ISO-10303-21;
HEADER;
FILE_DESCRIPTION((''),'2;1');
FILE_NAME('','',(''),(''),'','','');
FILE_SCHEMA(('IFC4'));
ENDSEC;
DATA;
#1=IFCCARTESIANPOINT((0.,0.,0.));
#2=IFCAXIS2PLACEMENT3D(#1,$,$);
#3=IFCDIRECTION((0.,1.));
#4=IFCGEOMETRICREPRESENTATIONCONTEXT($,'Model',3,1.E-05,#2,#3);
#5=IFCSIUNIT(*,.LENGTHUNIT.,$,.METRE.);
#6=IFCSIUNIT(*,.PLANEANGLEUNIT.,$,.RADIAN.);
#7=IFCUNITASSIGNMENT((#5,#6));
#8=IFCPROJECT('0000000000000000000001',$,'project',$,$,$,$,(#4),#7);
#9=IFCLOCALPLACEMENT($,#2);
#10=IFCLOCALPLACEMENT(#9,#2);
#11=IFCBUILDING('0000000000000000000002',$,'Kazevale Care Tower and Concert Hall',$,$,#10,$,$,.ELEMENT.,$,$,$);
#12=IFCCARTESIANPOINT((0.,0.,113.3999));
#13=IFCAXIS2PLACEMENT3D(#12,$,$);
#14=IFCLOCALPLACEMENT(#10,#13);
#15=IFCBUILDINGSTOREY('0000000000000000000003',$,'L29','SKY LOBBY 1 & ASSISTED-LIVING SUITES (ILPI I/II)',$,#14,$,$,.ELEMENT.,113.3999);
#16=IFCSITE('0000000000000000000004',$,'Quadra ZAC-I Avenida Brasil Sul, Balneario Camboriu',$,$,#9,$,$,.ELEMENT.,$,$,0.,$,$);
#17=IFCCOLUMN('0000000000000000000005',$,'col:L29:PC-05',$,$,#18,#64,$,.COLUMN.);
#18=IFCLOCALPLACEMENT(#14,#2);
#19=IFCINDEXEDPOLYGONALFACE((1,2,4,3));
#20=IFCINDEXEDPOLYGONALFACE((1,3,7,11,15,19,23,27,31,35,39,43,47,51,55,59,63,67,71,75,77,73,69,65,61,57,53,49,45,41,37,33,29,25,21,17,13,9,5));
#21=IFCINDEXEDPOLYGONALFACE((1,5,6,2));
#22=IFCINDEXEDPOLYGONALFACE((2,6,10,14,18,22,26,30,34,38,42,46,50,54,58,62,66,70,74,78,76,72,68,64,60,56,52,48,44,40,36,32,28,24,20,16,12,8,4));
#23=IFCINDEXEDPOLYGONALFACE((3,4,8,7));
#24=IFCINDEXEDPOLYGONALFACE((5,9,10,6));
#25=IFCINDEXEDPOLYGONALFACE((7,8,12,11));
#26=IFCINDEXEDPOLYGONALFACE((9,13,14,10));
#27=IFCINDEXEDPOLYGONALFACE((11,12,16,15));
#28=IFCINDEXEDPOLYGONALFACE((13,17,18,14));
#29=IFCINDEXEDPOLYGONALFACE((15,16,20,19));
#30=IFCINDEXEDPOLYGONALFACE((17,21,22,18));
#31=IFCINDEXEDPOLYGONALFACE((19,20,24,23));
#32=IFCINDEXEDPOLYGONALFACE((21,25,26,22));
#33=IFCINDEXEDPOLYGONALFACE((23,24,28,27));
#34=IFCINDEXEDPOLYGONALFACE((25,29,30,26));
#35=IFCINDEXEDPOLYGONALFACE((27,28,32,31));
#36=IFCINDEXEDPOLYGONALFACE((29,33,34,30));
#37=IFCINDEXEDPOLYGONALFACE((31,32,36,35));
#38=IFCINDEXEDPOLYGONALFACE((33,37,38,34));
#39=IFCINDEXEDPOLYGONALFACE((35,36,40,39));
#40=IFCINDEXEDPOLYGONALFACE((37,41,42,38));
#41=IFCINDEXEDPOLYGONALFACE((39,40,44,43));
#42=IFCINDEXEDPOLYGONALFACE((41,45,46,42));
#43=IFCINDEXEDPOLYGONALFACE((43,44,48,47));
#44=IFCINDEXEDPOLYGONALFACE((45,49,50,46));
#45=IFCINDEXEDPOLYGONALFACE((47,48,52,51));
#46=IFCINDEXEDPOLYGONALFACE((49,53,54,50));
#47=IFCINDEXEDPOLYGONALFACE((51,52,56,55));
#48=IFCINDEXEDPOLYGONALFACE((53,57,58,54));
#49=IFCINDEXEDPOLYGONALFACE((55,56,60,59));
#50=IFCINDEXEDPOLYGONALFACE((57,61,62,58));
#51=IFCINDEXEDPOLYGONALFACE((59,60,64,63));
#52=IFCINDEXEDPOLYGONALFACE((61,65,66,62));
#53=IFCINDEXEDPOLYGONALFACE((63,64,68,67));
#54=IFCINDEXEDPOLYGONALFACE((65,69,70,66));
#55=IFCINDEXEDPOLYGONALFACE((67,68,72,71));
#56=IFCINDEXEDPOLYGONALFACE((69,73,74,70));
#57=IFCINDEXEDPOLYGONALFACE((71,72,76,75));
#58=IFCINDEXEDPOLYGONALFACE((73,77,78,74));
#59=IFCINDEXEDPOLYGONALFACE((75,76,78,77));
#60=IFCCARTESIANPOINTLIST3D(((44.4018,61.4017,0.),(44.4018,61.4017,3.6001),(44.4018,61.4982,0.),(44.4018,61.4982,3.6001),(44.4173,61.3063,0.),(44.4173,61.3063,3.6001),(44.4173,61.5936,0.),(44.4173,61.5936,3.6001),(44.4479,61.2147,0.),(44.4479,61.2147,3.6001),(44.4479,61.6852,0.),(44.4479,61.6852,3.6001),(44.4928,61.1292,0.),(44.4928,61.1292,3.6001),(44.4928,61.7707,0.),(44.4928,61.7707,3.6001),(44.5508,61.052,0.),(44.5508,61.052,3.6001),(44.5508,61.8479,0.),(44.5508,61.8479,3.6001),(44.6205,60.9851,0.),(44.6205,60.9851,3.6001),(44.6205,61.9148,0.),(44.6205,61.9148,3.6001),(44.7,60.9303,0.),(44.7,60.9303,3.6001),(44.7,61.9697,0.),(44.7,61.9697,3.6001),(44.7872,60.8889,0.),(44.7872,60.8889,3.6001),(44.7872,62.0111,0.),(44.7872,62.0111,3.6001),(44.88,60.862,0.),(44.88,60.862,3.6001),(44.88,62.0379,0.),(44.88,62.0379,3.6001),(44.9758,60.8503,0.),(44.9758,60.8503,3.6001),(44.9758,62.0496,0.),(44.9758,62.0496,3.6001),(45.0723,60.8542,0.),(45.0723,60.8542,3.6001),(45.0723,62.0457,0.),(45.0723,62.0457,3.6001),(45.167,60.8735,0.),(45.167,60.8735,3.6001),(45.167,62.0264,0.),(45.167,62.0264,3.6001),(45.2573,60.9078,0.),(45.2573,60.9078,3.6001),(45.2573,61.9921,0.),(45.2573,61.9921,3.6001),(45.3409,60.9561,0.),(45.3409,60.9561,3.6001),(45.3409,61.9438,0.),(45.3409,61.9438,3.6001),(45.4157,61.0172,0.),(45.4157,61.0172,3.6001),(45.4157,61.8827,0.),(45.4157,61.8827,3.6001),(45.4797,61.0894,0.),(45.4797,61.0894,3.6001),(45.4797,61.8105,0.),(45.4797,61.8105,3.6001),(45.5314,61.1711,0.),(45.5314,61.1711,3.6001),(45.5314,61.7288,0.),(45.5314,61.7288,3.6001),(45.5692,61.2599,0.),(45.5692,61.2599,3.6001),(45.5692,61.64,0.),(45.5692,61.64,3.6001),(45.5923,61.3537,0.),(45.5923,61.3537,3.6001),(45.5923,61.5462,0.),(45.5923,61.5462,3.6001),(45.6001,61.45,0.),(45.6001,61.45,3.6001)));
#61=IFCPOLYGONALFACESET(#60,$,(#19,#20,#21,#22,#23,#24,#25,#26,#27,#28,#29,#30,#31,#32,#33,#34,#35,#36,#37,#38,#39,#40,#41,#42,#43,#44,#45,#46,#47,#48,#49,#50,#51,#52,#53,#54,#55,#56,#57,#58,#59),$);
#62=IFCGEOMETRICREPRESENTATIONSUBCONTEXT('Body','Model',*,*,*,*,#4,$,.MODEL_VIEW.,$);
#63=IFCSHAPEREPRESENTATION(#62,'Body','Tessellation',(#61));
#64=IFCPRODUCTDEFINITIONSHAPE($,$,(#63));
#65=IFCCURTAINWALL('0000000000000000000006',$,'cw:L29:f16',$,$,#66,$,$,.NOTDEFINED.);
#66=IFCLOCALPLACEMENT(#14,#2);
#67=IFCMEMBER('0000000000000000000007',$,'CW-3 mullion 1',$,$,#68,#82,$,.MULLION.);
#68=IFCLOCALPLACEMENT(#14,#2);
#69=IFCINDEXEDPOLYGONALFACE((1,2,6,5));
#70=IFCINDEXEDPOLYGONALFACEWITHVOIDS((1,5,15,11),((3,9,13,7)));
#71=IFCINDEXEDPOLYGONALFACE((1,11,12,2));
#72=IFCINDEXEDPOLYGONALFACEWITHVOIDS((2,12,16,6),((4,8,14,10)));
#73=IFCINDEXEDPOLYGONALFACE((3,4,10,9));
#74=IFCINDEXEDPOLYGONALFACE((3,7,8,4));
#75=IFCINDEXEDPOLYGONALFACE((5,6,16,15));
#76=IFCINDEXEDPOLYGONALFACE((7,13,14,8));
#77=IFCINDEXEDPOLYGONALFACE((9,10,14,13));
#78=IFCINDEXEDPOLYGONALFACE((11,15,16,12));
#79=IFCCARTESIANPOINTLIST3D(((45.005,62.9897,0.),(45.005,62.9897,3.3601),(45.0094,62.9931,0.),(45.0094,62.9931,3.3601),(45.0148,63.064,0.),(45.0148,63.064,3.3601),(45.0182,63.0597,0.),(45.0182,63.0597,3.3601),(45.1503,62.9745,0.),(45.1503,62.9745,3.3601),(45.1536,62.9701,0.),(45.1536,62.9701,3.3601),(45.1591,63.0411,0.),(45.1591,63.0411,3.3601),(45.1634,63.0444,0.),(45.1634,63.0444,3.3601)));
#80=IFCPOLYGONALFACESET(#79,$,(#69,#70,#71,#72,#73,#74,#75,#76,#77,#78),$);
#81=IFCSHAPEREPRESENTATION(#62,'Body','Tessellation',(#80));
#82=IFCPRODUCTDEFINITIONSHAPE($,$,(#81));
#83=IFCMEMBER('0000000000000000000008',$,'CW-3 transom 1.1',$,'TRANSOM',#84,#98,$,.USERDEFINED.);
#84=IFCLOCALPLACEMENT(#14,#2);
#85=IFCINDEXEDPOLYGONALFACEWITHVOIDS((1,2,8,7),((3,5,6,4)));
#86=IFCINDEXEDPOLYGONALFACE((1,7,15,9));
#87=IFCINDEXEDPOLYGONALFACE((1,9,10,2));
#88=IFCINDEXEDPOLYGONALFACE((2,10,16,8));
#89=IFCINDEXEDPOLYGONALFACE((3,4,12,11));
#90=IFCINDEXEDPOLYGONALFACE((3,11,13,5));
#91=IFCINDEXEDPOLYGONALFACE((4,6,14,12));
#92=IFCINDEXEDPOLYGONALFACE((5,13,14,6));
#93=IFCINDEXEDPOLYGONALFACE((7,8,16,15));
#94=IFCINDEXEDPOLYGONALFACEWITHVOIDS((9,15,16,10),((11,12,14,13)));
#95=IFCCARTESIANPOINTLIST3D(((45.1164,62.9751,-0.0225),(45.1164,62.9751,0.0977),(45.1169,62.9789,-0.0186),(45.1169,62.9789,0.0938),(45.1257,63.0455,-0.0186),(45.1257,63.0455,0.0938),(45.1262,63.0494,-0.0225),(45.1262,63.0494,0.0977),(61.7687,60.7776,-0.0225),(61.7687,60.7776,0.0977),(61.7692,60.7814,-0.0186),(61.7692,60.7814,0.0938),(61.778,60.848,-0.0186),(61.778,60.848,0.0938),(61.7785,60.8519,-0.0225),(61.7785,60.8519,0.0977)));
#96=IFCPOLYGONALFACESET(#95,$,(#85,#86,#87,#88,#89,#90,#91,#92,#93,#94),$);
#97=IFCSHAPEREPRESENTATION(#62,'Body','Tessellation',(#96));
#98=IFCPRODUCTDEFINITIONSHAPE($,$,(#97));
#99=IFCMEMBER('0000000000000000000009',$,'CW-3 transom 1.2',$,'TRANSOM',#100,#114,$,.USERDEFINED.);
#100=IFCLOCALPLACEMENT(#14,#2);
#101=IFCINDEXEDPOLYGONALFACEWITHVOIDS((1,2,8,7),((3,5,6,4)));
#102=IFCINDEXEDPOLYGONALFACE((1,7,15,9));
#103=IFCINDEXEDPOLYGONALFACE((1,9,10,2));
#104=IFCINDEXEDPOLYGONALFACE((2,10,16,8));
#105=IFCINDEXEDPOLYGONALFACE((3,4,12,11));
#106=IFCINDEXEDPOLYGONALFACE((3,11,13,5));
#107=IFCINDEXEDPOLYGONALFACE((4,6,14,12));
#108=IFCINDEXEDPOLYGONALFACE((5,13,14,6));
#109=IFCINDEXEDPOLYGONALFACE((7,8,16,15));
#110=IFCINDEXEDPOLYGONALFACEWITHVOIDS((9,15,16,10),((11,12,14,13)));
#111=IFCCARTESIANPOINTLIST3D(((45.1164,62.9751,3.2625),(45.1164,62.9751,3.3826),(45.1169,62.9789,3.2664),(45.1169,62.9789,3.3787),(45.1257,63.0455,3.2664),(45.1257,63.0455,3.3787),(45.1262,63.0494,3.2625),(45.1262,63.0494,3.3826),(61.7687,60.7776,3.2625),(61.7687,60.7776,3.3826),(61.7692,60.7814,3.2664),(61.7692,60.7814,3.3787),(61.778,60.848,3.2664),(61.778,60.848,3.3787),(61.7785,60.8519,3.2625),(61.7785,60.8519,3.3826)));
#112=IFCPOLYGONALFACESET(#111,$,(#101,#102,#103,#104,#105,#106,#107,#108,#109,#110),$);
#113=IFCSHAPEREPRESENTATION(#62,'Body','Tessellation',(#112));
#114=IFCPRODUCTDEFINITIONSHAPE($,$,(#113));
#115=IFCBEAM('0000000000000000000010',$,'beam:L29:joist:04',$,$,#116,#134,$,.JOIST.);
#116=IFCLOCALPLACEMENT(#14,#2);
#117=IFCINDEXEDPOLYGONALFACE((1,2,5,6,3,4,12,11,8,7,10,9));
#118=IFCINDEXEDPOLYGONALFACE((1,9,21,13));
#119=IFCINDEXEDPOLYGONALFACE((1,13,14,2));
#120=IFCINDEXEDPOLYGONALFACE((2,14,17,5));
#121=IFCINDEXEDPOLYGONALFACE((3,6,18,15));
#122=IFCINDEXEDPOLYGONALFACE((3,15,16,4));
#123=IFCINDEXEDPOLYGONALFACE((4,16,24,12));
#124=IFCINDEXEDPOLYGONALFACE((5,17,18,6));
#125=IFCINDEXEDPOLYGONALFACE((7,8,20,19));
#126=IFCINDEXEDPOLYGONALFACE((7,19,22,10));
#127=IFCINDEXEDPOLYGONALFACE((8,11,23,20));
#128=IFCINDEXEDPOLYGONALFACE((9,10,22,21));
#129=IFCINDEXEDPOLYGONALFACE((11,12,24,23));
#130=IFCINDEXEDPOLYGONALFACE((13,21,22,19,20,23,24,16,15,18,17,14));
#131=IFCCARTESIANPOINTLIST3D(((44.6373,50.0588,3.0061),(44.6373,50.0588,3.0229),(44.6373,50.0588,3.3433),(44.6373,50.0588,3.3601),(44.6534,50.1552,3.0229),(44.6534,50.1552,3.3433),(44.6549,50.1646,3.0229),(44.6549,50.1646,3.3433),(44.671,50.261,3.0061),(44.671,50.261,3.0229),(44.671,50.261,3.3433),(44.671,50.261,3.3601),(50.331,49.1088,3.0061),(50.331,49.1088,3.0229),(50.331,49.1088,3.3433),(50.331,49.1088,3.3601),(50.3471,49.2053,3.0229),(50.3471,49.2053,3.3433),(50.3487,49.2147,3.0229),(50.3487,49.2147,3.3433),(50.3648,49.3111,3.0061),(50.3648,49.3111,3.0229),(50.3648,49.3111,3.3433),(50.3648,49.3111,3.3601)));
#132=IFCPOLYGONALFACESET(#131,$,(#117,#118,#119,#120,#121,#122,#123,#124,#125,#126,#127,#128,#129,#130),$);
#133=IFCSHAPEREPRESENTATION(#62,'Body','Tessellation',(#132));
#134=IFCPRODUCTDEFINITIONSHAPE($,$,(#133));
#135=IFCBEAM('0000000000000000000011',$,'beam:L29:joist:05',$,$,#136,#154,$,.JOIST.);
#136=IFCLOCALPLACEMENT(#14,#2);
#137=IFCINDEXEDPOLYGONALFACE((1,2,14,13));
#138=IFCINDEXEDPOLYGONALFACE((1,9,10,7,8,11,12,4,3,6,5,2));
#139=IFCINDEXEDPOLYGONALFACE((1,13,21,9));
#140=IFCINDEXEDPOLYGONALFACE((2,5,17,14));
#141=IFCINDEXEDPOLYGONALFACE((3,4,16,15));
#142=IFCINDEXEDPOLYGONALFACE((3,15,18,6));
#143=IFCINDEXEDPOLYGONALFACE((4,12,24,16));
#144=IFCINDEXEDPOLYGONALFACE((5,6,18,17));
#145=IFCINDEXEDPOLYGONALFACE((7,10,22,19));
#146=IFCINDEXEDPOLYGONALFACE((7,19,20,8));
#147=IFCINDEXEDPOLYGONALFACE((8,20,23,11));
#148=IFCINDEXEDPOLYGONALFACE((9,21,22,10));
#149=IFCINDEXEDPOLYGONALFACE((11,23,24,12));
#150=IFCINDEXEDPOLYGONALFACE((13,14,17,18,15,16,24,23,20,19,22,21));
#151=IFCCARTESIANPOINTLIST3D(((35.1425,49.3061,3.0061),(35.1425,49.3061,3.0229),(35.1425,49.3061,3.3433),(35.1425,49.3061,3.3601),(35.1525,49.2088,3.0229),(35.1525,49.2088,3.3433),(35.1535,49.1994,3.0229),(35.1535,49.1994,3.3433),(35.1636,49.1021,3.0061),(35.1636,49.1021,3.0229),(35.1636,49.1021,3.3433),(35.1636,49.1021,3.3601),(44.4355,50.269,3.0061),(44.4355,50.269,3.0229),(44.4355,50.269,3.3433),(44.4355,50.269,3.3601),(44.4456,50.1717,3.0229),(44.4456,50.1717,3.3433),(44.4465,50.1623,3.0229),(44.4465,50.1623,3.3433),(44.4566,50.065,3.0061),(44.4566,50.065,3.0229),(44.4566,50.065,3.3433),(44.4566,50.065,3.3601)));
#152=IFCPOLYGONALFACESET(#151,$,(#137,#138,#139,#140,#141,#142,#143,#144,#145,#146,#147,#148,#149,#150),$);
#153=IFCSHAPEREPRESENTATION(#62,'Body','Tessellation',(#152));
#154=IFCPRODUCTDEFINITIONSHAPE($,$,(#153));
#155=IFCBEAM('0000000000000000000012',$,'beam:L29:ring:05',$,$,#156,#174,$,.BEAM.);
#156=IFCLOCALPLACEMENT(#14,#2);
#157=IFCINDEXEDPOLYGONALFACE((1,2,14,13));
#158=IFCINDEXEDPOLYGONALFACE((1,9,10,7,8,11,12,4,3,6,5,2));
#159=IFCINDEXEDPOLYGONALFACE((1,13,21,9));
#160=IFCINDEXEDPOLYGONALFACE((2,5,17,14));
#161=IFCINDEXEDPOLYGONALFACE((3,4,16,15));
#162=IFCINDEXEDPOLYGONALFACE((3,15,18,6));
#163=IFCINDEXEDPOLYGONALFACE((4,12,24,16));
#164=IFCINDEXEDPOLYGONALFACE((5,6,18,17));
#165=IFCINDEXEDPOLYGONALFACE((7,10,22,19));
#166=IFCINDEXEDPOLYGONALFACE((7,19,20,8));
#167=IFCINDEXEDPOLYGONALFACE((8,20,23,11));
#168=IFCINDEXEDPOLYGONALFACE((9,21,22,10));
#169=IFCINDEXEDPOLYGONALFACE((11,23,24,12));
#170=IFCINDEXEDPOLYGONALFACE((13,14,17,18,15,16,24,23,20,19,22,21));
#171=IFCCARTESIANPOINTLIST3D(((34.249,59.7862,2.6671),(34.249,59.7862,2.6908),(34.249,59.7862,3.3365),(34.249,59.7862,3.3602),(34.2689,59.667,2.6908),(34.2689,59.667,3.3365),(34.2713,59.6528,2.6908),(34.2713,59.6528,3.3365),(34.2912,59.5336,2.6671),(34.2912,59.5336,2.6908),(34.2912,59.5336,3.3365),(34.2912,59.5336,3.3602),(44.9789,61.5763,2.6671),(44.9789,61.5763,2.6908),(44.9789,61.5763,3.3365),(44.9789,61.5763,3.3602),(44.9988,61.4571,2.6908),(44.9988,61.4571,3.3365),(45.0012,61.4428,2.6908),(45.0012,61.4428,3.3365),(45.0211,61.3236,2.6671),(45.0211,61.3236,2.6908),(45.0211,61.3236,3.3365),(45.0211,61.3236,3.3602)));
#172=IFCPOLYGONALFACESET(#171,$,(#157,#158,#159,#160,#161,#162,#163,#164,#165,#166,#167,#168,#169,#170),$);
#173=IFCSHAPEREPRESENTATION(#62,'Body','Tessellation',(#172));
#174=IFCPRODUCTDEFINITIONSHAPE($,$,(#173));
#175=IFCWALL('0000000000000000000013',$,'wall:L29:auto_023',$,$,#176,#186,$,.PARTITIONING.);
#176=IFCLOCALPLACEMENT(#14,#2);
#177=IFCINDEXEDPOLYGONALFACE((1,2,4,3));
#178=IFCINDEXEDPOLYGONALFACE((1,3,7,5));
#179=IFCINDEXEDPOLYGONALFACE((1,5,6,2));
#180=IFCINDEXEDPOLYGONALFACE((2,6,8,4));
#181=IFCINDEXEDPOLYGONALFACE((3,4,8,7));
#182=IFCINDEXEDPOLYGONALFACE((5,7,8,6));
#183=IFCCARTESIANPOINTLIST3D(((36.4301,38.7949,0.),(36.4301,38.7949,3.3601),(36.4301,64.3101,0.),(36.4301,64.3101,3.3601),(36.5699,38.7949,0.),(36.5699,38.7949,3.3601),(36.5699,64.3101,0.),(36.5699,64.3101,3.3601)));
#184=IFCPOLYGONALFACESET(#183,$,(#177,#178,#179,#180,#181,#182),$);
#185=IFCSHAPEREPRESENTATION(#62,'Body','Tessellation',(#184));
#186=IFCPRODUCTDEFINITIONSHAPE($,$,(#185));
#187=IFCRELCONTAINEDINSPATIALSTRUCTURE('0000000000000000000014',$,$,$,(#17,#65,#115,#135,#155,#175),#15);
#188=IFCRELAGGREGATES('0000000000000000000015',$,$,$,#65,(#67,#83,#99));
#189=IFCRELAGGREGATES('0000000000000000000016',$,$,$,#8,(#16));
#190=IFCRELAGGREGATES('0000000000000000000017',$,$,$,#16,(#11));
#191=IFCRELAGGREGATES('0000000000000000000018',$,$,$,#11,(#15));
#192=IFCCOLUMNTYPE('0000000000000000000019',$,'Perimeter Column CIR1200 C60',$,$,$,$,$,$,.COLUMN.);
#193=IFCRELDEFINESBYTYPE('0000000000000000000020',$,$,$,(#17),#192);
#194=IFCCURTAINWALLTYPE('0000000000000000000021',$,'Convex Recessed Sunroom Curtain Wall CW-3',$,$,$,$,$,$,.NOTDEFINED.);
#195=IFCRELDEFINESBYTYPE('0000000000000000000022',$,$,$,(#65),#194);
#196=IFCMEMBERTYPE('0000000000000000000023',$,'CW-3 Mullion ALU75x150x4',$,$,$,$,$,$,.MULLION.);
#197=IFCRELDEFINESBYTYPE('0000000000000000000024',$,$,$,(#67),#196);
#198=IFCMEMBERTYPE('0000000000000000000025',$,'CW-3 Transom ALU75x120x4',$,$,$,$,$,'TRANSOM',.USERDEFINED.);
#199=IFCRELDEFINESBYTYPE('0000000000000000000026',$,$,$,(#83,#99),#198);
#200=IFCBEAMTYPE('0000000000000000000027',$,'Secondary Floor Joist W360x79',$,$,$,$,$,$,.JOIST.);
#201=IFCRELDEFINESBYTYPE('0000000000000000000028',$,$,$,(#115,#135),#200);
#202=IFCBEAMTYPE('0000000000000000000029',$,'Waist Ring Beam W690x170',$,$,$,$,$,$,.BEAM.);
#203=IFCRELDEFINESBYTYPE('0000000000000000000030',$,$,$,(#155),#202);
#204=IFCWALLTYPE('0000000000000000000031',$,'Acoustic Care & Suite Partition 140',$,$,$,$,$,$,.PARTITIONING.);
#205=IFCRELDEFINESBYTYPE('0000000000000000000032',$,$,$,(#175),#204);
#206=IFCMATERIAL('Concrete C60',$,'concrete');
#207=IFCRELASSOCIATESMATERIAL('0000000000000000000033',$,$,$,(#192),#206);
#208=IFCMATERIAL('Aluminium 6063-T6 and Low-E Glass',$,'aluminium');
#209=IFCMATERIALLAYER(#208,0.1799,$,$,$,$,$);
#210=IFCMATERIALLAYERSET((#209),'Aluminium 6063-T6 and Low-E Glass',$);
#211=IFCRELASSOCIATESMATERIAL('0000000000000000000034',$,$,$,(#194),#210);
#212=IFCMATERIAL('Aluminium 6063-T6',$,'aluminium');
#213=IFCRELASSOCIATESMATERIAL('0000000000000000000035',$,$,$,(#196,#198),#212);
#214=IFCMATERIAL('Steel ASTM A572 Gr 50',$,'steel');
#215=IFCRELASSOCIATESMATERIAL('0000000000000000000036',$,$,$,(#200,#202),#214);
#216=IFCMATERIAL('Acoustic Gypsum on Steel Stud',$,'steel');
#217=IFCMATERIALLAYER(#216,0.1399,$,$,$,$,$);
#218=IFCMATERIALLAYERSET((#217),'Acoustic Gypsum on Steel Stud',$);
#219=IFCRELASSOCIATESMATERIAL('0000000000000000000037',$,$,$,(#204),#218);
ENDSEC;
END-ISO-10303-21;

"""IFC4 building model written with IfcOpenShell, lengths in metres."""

from ifc_helpers import new_model, si_unit, direction, frame, frame_2d, origin, origin_2d, place, context, subcontext, project, spatial, rectangle, hollow_rectangle, circle, i_section, extrude, material, layer, layer_set, material_profile, profile_set, type_object, element, aggregate, save


model = new_model("IFC4")

# Units and contexts
model_context = context("Model", 3, precision=1e-05, world=origin(), true_north=direction((0.0, 1.0)))
body_context = subcontext(model_context, "Body", "Model", "MODEL_VIEW")
ifc_project = project(units=[si_unit("LENGTHUNIT", "METRE"), si_unit("PLANEANGLEUNIT", "RADIAN")], contexts=[model_context])

# Site, building, storey
site_placement = place(None, origin())
site = spatial("IfcSite", under=ifc_project, at=site_placement, Name="Quadra ZAC-I Avenida Brasil Sul, Balneario Camboriu", CompositionType="ELEMENT", RefElevation=0.0)
building_placement = place(site_placement, origin())
building = spatial("IfcBuilding", under=site, at=building_placement, Name="Kazevale Care Tower and Concert Hall", CompositionType="ELEMENT")
storey_placement = place(building_placement, frame((0.0, 0.0, 113.3999)))
storey = spatial("IfcBuildingStorey", under=building, at=storey_placement, Name="L29", Description="SKY LOBBY 1 & ASSISTED-LIVING SUITES (ILPI I/II)", CompositionType="ELEMENT", Elevation=113.3999)

# Column
ifc_material_1 = material(Name="Concrete C60", Category="concrete")
ifc_material_profile_1 = material_profile(ifc_material_1, circle(Radius=0.6001, at=origin_2d()), Name="RC-CIR1200")
ifc_profile_set_1 = profile_set([ifc_material_profile_1], Name="Concrete C60")
column_type = type_object("IfcColumnType", Name="Perimeter Column CIR1200 C60", PredefinedType="COLUMN", material=ifc_profile_set_1)
column_placement = place(storey_placement, frame((45.0, 61.45, 0.0), z_axis=(0.0, 0.0, 1.0), x_axis=(1.0, 0.0, 0.0)))
element("IfcColumn", 1, at=column_placement, inside=storey, type_object=column_type, Name="col:L29:PC-05", PredefinedType="COLUMN", context=body_context, shape_type="SweptSolid", body=[
    extrude(circle(Radius=0.6001, at=origin_2d()), origin(), (0.0, 0.0, 1.0), 3.6001),
])

# Curtain wall, members
ifc_material_2 = material(Name="Aluminium 6063-T6 and Low-E Glass", Category="aluminium")
ifc_layer_1 = layer(ifc_material_2, 0.1799)
ifc_layer_set_1 = layer_set([ifc_layer_1], Name="Aluminium 6063-T6 and Low-E Glass")
curtain_wall_type = type_object("IfcCurtainWallType", Name="Convex Recessed Sunroom Curtain Wall CW-3", PredefinedType="NOTDEFINED", material=ifc_layer_set_1)
curtain_wall_placement = place(storey_placement, origin())
curtain_wall = element("IfcCurtainWall", 2, at=curtain_wall_placement, inside=storey, type_object=curtain_wall_type, Name="cw:L29:f16", PredefinedType="NOTDEFINED")
ifc_material_3 = material(Name="Aluminium 6063-T6", Category="aluminium")
ifc_material_profile_2 = material_profile(ifc_material_3, hollow_rectangle(XDim=0.075, YDim=0.1499, WallThickness=0.0039, at=origin_2d()), Name="ALU75x150x4")
ifc_profile_set_2 = profile_set([ifc_material_profile_2], Name="Aluminium 6063-T6")
member_type_1 = type_object("IfcMemberType", Name="CW-3 Mullion ALU75x150x4", PredefinedType="MULLION", material=ifc_profile_set_2)
member_1_placement = place(storey_placement, frame((45.0842, 63.0171, 0.0), z_axis=(0.0, 0.0, 1.0), x_axis=(0.130822, 0.991406, 0.0)))
member_1 = element("IfcMember", 3, at=member_1_placement, type_object=member_type_1, Name="CW-3 mullion 1", PredefinedType="MULLION", context=body_context, shape_type="SweptSolid", body=[
    extrude(hollow_rectangle(XDim=0.075, YDim=0.1499, WallThickness=0.0039, at=origin_2d()), origin(), (0.0, 0.0, 1.0), 3.3601),
])
ifc_material_profile_3 = material_profile(ifc_material_3, hollow_rectangle(XDim=0.075, YDim=0.1201, WallThickness=0.0039, at=origin_2d()), Name="ALU75x120x4")
ifc_profile_set_3 = profile_set([ifc_material_profile_3], Name="Aluminium 6063-T6")
member_type_2 = type_object("IfcMemberType", Name="CW-3 Transom ALU75x120x4", ElementType="TRANSOM", PredefinedType="USERDEFINED", material=ifc_profile_set_3)
member_2_placement = place(storey_placement, frame((45.1213, 63.0122, 0.0376), z_axis=(0.991405, -0.13083, 0.0), x_axis=(0.13083, 0.991405, 0.0)))
member_2 = element("IfcMember", 4, at=member_2_placement, type_object=member_type_2, Name="CW-3 transom 1.1", ObjectType="TRANSOM", PredefinedType="USERDEFINED", context=body_context, shape_type="SweptSolid", body=[
    extrude(hollow_rectangle(XDim=0.075, YDim=0.1201, WallThickness=0.0039, at=origin_2d()), origin(), (0.0, 0.0, 1.0), 16.7966),
])
member_3_placement = place(storey_placement, frame((45.1213, 63.0122, 3.3225), z_axis=(0.991405, -0.13083, 0.0), x_axis=(0.13083, 0.991405, 0.0)))
member_3 = element("IfcMember", 5, at=member_3_placement, type_object=member_type_2, Name="CW-3 transom 1.2", ObjectType="TRANSOM", PredefinedType="USERDEFINED", context=body_context, shape_type="SweptSolid", body=[
    extrude(hollow_rectangle(XDim=0.075, YDim=0.1201, WallThickness=0.0039, at=origin_2d()), origin(), (0.0, 0.0, 1.0), 16.7966),
])
aggregate(curtain_wall, [member_1, member_2, member_3])

# Beams
ifc_material_4 = material(Name="Steel ASTM A572 Gr 50", Category="steel")
ifc_material_profile_4 = material_profile(ifc_material_4, i_section(OverallWidth=0.2051, OverallDepth=0.354, WebThickness=0.0095, FlangeThickness=0.0168, at=origin_2d()), Name="W360x79")
ifc_profile_set_4 = profile_set([ifc_material_profile_4], Name="Steel ASTM A572 Gr 50")
beam_type_1 = type_object("IfcBeamType", Name="Secondary Floor Joist W360x79", PredefinedType="JOIST", material=ifc_profile_set_4)
beam_1_placement = place(storey_placement, frame((50.3479, 49.21, 3.1831), z_axis=(-0.986366, 0.164564, 0.0), x_axis=(-0.164564, -0.986366, 0.0)))
element("IfcBeam", 6, at=beam_1_placement, inside=storey, type_object=beam_type_1, Name="beam:L29:joist:04", PredefinedType="JOIST", context=body_context, shape_type="SweptSolid", body=[
    extrude(i_section(OverallWidth=0.2051, OverallDepth=0.354, WebThickness=0.0095, FlangeThickness=0.0168, at=origin_2d()), origin(), (0.0, 0.0, 1.0), 5.7725),
])
beam_2_placement = place(storey_placement, frame((44.446, 50.167, 3.1831), z_axis=(-0.994675, -0.103063, 0.0), x_axis=(0.103063, -0.994675, 0.0)))
element("IfcBeam", 7, at=beam_2_placement, inside=storey, type_object=beam_type_1, Name="beam:L29:joist:05", PredefinedType="JOIST", context=body_context, shape_type="SweptSolid", body=[
    extrude(i_section(OverallWidth=0.2051, OverallDepth=0.354, WebThickness=0.0095, FlangeThickness=0.0168, at=origin_2d()), origin(), (0.0, 0.0, 1.0), 9.3428),
])
ifc_material_profile_5 = material_profile(ifc_material_4, i_section(OverallWidth=0.2561, OverallDepth=0.6931, WebThickness=0.0144, FlangeThickness=0.0237, at=origin_2d()), Name="W690x170")
ifc_profile_set_5 = profile_set([ifc_material_profile_5], Name="Steel ASTM A572 Gr 50")
beam_type_2 = type_object("IfcBeamType", Name="Waist Ring Beam W690x170", PredefinedType="BEAM", material=ifc_profile_set_5)
beam_3_placement = place(storey_placement, frame((45.0, 61.45, 3.0137), z_axis=(-0.986368, -0.164552, 0.0), x_axis=(0.164552, -0.986368, 0.0)))
element("IfcBeam", 8, at=beam_3_placement, inside=storey, type_object=beam_type_2, Name="beam:L29:ring:05", PredefinedType="BEAM", context=body_context, shape_type="SweptSolid", body=[
    extrude(i_section(OverallWidth=0.2561, OverallDepth=0.6931, WebThickness=0.0144, FlangeThickness=0.0237, at=origin_2d()), origin(), (0.0, 0.0, 1.0), 10.8782),
])

# Wall
ifc_material_5 = material(Name="Acoustic Gypsum on Steel Stud", Category="steel")
ifc_layer_2 = layer(ifc_material_5, 0.1399)
ifc_layer_set_2 = layer_set([ifc_layer_2], Name="Acoustic Gypsum on Steel Stud")
wall_type_1 = type_object("IfcWallType", Name="Acoustic Care & Suite Partition 140", PredefinedType="PARTITIONING", material=ifc_layer_set_2)
wall_1_placement = place(storey_placement, frame((36.5, 64.3101, 0.0), z_axis=(0.0, 0.0, 1.0), x_axis=(0.0, -1.0, 0.0)))
element("IfcWall", 9, at=wall_1_placement, inside=storey, type_object=wall_type_1, Name="wall:L29:auto_023", PredefinedType="PARTITIONING", context=body_context, shape_type="SweptSolid", body=[
    extrude(rectangle(XDim=25.5151, YDim=0.1399, at=frame_2d((12.7576, 0.0))), origin(), (0.0, 0.0, 1.0), 3.3601),
])

save(model, "model.ifc")
